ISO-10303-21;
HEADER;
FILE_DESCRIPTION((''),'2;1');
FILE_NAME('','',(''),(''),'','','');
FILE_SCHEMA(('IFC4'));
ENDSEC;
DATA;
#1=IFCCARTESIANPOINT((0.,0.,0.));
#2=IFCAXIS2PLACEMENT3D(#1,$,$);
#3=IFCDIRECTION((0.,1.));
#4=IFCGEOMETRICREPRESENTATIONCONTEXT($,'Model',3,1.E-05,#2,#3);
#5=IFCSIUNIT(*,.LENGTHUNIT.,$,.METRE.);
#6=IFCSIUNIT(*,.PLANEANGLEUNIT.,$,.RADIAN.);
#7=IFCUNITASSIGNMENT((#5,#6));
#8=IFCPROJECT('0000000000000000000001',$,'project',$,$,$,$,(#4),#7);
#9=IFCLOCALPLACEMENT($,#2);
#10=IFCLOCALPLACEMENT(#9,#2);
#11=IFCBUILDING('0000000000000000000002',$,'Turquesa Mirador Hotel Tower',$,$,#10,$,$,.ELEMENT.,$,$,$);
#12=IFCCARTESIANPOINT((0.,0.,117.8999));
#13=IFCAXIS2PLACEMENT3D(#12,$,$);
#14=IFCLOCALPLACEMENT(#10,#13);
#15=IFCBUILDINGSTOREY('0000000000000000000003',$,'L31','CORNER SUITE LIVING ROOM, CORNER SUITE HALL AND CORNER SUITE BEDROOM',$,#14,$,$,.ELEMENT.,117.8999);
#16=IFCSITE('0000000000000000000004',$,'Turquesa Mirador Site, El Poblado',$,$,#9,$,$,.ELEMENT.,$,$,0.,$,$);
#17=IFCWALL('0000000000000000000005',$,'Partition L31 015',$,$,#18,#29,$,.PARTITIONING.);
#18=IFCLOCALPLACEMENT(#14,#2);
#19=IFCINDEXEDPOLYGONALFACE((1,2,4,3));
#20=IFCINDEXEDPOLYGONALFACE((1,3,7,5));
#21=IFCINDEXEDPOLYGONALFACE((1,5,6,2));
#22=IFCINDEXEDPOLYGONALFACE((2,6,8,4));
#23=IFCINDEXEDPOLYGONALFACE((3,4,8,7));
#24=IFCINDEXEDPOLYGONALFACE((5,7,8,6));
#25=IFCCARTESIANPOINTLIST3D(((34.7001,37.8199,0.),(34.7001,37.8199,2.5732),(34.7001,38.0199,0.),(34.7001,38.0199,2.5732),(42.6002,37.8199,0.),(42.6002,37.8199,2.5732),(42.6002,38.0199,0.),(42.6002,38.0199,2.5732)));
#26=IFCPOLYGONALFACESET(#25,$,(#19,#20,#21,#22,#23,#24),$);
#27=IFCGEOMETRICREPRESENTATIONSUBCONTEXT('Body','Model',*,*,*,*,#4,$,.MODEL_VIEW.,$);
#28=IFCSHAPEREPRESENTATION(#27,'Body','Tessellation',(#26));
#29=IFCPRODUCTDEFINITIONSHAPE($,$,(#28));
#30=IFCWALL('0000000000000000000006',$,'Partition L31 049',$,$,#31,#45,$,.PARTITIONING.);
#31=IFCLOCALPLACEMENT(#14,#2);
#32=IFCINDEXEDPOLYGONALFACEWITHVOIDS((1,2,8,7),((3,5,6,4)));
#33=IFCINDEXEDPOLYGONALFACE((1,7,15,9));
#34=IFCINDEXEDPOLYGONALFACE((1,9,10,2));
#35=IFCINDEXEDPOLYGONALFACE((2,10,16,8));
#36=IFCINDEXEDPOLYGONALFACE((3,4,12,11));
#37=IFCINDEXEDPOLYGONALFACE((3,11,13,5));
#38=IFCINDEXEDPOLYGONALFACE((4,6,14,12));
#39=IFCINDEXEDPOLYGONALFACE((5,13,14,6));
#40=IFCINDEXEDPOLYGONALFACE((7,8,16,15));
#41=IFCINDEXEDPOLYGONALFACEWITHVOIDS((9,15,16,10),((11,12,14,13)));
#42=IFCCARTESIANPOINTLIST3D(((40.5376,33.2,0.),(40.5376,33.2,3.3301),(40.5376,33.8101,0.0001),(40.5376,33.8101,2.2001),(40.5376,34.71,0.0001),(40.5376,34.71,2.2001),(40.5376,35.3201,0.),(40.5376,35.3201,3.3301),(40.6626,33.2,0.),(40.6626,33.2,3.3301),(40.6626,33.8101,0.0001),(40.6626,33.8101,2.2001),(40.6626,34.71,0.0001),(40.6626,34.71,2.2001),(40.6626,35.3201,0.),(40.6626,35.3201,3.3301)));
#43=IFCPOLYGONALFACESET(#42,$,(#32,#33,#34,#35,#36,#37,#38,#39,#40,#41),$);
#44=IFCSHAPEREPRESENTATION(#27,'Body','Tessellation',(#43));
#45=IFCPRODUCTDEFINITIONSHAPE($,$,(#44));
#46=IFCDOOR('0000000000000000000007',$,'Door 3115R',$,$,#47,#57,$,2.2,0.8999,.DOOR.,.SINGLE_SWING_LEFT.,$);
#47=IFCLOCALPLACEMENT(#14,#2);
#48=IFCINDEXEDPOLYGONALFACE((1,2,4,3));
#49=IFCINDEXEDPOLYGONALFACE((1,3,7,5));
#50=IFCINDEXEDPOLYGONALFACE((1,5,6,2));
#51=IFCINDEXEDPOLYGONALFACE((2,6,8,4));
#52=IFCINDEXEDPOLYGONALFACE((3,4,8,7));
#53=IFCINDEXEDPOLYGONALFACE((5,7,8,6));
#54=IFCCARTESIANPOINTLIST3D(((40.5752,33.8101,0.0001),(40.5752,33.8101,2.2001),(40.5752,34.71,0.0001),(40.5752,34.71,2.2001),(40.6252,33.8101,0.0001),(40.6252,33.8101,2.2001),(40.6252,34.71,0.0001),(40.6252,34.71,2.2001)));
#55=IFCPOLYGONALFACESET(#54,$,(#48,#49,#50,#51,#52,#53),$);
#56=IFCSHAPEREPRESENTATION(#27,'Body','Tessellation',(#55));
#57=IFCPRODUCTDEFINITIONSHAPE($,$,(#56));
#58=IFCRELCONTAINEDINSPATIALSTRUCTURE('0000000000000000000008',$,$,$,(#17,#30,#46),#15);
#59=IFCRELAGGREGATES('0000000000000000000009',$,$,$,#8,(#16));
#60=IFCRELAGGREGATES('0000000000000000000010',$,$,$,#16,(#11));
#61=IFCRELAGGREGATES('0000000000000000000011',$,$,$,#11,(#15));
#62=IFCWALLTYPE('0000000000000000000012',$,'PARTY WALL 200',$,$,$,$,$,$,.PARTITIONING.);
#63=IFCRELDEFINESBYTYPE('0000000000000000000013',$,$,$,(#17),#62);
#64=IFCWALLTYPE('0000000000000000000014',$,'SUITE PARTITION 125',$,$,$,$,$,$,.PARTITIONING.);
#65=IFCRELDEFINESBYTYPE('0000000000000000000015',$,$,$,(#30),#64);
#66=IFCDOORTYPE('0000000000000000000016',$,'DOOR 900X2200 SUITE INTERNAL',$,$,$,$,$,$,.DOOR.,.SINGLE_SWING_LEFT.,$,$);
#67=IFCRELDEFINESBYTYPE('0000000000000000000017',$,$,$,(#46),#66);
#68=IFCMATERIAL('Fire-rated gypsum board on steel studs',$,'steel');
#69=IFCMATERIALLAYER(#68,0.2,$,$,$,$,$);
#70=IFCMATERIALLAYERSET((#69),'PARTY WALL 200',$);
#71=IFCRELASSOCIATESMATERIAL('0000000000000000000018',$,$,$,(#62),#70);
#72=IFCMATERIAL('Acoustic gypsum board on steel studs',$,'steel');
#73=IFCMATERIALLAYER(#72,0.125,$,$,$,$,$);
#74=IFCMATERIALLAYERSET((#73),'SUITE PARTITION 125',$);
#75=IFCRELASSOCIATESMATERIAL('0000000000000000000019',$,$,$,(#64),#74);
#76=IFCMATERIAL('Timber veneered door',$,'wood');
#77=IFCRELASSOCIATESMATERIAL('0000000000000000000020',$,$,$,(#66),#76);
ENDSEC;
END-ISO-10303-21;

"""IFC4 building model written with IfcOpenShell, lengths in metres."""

from ifc_helpers import new_model, si_unit, direction, frame, frame_2d, origin, place, context, subcontext, project, spatial, rectangle, extrude, material, layer, layer_set, type_object, element, fill, save


model = new_model("IFC4")

# Units and contexts
model_context = context("Model", 3, precision=1e-05, world=origin(), true_north=direction((0.0, 1.0)))
body_context = subcontext(model_context, "Body", "Model", "MODEL_VIEW")
ifc_project = project(units=[si_unit("LENGTHUNIT", "METRE"), si_unit("PLANEANGLEUNIT", "RADIAN")], contexts=[model_context])

# Site, building, storey
site_placement = place(None, origin())
site = spatial("IfcSite", under=ifc_project, at=site_placement, Name="Turquesa Mirador Site, El Poblado", CompositionType="ELEMENT", RefElevation=0.0)
building_placement = place(site_placement, origin())
building = spatial("IfcBuilding", under=site, at=building_placement, Name="Turquesa Mirador Hotel Tower", CompositionType="ELEMENT")
storey_placement = place(building_placement, frame((0.0, 0.0, 117.8999)))
storey = spatial("IfcBuildingStorey", under=building, at=storey_placement, Name="L31", Description="CORNER SUITE LIVING ROOM, CORNER SUITE HALL AND CORNER SUITE BEDROOM", CompositionType="ELEMENT", Elevation=117.8999)

# Wall
ifc_material_1 = material(Name="Fire-rated gypsum board on steel studs", Category="steel")
ifc_layer_1 = layer(ifc_material_1, 0.2)
ifc_layer_set_1 = layer_set([ifc_layer_1], Name="PARTY WALL 200")
wall_type_1 = type_object("IfcWallType", Name="PARTY WALL 200", PredefinedType="PARTITIONING", material=ifc_layer_set_1)
wall_1_placement = place(storey_placement, frame((34.7, 37.9199, 0.0), z_axis=(0.0, 0.0, 1.0), x_axis=(1.0, 0.0, 0.0)))
element("IfcWall", 1, at=wall_1_placement, inside=storey, type_object=wall_type_1, Name="Partition L31 015", PredefinedType="PARTITIONING", context=body_context, shape_type="SweptSolid", body=[
    extrude(rectangle(XDim=7.9001, YDim=0.2, at=frame_2d((3.9502, 0.0))), origin(), (0.0, 0.0, 1.0), 2.5732),
])

# Wall, opening, door
ifc_material_2 = material(Name="Acoustic gypsum board on steel studs", Category="steel")
ifc_layer_2 = layer(ifc_material_2, 0.125)
ifc_layer_set_2 = layer_set([ifc_layer_2], Name="SUITE PARTITION 125")
wall_type_2 = type_object("IfcWallType", Name="SUITE PARTITION 125", PredefinedType="PARTITIONING", material=ifc_layer_set_2)
wall_2_placement = place(storey_placement, frame((40.6001, 33.2, 0.0), z_axis=(0.0, 0.0, 1.0), x_axis=(0.0, 1.0, 0.0)))
wall_2 = element("IfcWall", 2, at=wall_2_placement, inside=storey, type_object=wall_type_2, Name="Partition L31 049", PredefinedType="PARTITIONING", context=body_context, shape_type="SweptSolid", body=[
    extrude(rectangle(XDim=2.1201, YDim=0.125, at=frame_2d((1.0601, 0.0))), origin(), (0.0, 0.0, 1.0), 3.3301),
])
opening_1_placement = place(wall_2_placement, frame((0.6101, 0.0, 0.0)))
opening_1 = element("IfcOpeningElement", 3, at=opening_1_placement, cuts=wall_2, PredefinedType="OPENING", context=body_context, shape_type="SweptSolid", body=[
    extrude(rectangle(XDim=0.8999, YDim=2.2, at=frame_2d((0.45, 1.1001))), frame((0.0, 0.0725, 0.0), z_axis=(0.0, -1.0, 0.0), x_axis=(1.0, 0.0, 0.0)), (0.0, 0.0, 1.0), 0.145),
])
ifc_material_3 = material(Name="Timber veneered door", Category="wood")
door_type_1 = type_object("IfcDoorType", Name="DOOR 900X2200 SUITE INTERNAL", OperationType="SINGLE_SWING_LEFT", PredefinedType="DOOR", material=ifc_material_3)
door_1_placement = place(opening_1_placement, origin())
door_1 = element("IfcDoor", 4, at=door_1_placement, inside=storey, type_object=door_type_1, Name="Door 3115R", OperationType="SINGLE_SWING_LEFT", OverallHeight=2.2, OverallWidth=0.8999, PredefinedType="DOOR", context=body_context, shape_type="SweptSolid", body=[
    extrude(rectangle(XDim=0.8999, YDim=2.2, at=frame_2d((0.45, 1.1001))), frame((0.0, 0.0249, 0.0), z_axis=(0.0, -1.0, 0.0), x_axis=(1.0, 0.0, 0.0)), (0.0, 0.0, 1.0), 0.05),
])
fill(opening_1, door_1)

save(model, "model.ifc")
